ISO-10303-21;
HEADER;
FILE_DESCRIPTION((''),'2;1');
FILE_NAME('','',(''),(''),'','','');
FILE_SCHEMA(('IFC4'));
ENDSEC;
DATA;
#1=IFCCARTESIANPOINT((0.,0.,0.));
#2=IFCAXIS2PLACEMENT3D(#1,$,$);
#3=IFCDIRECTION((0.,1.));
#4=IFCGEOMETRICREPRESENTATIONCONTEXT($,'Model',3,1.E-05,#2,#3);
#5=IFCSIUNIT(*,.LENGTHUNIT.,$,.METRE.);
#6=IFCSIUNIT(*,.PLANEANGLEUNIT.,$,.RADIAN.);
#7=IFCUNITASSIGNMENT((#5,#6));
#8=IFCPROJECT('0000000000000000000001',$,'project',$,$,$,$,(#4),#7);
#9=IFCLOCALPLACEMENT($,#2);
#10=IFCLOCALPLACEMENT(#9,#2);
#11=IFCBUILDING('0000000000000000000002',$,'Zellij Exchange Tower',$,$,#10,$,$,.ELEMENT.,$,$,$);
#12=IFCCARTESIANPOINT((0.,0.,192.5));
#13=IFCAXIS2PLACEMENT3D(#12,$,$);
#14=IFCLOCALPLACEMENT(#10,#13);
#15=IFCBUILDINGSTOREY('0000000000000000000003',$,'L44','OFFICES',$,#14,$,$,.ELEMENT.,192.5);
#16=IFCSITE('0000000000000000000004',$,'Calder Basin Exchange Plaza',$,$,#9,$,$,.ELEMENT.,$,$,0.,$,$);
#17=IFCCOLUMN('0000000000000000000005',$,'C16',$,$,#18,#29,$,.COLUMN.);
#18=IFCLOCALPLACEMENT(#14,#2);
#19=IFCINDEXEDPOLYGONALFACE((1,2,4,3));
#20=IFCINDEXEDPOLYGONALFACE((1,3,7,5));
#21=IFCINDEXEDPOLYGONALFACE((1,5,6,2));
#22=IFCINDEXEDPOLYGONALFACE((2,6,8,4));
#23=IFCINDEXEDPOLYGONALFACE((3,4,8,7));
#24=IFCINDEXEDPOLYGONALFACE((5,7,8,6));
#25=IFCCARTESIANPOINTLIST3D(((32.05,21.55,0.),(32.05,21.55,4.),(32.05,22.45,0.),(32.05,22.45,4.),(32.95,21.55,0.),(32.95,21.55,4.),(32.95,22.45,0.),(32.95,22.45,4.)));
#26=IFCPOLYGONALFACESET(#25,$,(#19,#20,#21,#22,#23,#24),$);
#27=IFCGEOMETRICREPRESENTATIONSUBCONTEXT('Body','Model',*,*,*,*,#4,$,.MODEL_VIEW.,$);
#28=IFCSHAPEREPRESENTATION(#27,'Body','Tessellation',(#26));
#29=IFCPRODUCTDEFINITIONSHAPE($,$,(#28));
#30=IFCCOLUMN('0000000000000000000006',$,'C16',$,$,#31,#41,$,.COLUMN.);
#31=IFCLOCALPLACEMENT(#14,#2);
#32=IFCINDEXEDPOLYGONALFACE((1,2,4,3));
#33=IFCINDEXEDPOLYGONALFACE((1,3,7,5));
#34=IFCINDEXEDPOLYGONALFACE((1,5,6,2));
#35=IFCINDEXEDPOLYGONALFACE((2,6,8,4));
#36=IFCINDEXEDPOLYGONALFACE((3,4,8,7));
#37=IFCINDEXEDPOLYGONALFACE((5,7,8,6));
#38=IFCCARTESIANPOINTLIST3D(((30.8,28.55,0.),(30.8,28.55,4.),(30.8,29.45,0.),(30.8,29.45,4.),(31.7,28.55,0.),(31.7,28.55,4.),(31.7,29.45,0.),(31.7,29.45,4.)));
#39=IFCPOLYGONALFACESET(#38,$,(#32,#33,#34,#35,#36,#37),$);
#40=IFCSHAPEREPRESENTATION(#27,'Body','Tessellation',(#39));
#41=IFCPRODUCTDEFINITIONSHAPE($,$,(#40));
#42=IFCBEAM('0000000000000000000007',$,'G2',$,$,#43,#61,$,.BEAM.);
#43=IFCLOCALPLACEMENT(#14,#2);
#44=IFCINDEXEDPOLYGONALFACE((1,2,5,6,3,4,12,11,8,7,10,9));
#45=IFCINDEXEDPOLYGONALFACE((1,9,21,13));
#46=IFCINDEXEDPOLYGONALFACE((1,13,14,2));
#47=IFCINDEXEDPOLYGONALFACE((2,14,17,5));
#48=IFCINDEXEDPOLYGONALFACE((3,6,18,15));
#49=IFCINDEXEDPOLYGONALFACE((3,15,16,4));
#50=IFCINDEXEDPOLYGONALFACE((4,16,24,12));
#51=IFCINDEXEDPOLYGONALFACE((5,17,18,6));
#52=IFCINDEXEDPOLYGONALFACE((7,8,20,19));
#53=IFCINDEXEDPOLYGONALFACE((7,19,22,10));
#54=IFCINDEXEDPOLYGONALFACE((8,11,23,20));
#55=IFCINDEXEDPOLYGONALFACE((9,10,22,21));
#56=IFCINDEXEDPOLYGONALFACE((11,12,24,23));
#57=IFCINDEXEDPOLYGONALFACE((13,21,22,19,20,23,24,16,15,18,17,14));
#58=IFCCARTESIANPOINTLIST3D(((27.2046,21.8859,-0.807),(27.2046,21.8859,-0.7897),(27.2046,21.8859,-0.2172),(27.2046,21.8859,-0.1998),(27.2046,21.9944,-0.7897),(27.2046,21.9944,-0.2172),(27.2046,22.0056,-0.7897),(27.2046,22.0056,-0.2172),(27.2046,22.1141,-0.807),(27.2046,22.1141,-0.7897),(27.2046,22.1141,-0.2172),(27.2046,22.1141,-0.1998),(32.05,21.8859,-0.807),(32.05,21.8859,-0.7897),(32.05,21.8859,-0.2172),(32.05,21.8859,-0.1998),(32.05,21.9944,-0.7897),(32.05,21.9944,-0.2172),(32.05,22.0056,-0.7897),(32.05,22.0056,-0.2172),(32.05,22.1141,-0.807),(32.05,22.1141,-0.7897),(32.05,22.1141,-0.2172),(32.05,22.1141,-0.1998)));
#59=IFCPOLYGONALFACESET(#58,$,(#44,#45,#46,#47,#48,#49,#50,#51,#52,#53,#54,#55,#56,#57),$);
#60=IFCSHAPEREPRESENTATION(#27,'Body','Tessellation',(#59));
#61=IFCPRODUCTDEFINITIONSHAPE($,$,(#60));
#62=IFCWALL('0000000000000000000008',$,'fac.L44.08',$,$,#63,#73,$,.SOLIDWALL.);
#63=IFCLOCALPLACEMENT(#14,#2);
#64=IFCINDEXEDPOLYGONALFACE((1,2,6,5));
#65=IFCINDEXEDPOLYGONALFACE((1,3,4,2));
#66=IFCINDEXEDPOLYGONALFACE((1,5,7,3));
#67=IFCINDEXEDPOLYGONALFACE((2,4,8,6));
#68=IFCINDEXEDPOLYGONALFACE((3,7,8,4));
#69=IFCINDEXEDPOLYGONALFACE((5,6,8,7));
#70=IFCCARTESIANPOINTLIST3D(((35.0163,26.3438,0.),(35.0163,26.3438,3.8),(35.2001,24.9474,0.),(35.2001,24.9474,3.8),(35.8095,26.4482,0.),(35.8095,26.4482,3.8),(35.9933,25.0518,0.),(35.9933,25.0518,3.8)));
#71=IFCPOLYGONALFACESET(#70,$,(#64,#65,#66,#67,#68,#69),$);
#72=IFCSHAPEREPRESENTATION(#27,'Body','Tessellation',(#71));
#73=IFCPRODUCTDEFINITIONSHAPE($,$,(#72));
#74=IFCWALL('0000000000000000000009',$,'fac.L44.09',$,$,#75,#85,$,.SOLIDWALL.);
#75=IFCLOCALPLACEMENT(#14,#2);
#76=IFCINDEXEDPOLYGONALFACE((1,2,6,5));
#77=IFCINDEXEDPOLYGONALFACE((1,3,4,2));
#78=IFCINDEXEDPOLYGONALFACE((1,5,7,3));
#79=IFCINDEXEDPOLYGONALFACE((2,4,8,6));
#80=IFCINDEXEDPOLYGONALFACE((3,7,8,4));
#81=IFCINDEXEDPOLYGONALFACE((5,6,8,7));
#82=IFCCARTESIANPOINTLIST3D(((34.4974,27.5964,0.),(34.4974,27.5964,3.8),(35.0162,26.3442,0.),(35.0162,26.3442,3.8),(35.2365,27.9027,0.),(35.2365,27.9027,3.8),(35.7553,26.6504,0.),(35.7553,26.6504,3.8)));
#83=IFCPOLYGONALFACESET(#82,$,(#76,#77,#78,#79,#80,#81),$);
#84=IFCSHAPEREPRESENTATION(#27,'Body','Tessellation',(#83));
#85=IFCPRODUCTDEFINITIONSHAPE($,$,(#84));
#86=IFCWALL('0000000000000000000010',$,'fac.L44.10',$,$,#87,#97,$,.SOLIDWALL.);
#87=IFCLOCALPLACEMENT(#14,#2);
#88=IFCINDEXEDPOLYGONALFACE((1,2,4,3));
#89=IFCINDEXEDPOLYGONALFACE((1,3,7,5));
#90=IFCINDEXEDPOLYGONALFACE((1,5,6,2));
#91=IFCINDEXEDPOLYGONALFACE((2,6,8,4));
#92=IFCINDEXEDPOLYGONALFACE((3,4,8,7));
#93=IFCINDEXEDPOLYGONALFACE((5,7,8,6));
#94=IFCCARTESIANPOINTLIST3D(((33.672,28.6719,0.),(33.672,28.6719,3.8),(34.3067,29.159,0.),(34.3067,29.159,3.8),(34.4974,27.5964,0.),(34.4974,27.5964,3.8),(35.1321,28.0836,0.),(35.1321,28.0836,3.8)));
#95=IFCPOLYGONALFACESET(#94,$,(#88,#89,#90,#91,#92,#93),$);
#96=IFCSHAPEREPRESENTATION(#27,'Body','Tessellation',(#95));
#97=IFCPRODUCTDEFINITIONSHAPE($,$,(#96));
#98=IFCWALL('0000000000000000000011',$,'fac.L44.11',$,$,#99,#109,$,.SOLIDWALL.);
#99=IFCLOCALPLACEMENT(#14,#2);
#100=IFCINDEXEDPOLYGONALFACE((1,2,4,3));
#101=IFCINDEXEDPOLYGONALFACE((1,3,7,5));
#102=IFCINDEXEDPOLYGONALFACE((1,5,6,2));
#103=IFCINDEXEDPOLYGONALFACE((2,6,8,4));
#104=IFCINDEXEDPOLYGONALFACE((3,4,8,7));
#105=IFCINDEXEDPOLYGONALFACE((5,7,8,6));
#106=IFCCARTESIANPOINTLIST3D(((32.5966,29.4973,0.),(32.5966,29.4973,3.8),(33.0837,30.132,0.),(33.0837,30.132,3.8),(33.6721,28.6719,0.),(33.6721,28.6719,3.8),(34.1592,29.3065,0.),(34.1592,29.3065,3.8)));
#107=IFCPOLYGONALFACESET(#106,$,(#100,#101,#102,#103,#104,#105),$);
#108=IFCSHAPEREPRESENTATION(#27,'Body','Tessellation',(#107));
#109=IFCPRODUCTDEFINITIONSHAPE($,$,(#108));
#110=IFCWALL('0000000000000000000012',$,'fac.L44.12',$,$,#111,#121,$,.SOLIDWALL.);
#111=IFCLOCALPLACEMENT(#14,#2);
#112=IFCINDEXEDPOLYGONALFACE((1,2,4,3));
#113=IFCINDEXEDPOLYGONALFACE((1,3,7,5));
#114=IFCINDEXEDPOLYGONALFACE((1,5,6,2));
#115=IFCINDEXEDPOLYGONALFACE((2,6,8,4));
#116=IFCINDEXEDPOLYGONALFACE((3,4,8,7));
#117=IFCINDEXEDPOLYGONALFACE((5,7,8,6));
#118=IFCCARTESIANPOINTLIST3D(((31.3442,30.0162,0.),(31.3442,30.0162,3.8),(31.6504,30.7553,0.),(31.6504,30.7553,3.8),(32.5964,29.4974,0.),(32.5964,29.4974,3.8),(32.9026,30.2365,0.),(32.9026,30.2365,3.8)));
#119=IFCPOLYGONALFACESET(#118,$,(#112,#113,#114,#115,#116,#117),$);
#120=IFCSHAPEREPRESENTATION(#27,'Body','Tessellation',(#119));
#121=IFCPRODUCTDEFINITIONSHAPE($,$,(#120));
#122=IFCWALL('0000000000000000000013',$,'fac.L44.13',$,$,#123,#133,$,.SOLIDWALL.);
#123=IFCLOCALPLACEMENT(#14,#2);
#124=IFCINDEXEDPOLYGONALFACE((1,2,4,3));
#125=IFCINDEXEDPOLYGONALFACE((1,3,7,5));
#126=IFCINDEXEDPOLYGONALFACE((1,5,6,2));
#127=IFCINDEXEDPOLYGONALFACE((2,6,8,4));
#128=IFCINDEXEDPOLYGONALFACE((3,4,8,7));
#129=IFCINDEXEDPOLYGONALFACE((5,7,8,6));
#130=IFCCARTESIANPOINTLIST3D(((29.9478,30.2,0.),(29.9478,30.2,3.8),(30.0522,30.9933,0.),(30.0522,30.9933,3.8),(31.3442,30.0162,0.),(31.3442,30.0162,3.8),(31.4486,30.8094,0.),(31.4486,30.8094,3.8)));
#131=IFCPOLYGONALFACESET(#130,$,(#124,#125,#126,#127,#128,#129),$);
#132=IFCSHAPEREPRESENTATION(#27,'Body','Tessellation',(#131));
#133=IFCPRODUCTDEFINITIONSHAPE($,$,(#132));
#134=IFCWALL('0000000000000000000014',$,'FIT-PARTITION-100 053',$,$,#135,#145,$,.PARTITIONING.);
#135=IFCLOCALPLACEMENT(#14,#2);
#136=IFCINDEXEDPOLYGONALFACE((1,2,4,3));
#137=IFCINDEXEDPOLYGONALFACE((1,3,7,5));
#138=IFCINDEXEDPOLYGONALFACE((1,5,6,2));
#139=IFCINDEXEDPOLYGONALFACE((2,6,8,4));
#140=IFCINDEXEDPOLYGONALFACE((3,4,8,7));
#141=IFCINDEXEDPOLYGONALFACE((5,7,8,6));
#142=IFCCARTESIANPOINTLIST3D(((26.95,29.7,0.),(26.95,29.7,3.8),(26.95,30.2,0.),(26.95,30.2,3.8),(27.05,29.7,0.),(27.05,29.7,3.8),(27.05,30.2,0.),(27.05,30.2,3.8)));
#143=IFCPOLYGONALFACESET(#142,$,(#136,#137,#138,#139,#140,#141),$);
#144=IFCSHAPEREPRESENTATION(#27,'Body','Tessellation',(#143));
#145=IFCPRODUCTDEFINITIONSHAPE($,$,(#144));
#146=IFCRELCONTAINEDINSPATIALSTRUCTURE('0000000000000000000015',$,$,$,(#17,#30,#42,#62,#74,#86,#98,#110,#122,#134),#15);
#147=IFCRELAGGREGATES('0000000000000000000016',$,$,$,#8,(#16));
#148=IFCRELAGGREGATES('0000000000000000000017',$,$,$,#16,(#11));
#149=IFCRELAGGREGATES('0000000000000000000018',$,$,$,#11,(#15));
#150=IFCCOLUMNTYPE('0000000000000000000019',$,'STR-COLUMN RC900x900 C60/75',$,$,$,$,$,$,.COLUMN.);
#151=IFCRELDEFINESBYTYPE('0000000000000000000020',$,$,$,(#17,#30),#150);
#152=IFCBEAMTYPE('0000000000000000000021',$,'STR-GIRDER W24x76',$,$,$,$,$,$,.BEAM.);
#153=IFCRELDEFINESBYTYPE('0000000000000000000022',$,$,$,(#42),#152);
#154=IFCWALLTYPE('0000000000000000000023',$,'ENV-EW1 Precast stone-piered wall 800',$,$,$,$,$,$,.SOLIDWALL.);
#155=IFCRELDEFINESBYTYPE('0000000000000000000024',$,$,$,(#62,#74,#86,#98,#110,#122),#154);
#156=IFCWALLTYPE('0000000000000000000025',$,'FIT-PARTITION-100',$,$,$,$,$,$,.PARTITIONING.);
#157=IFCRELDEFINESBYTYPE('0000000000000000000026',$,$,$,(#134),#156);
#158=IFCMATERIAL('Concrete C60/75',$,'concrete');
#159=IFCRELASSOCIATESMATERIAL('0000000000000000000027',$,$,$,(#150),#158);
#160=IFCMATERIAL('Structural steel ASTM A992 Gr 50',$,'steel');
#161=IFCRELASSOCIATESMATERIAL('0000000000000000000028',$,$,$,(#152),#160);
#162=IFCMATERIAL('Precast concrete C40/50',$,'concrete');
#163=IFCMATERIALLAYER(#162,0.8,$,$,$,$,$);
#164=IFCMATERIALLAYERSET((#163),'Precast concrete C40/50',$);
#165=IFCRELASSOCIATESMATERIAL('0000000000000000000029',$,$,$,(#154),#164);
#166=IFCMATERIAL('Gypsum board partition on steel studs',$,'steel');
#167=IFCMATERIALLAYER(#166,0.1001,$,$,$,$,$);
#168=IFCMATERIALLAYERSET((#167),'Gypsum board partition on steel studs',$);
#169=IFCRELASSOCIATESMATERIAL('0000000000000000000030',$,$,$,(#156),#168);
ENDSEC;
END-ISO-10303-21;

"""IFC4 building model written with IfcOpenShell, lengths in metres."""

from ifc_helpers import new_model, si_unit, direction, frame, frame_2d, origin, origin_2d, place, context, subcontext, project, spatial, rectangle, i_section, extrude, material, layer, layer_set, material_profile, profile_set, type_object, element, save


model = new_model("IFC4")

# Units and contexts
model_context = context("Model", 3, precision=1e-05, world=origin(), true_north=direction((0.0, 1.0)))
body_context = subcontext(model_context, "Body", "Model", "MODEL_VIEW")
ifc_project = project(units=[si_unit("LENGTHUNIT", "METRE"), si_unit("PLANEANGLEUNIT", "RADIAN")], contexts=[model_context])

# Site, building, storey
site_placement = place(None, origin())
site = spatial("IfcSite", under=ifc_project, at=site_placement, Name="Calder Basin Exchange Plaza", CompositionType="ELEMENT", RefElevation=0.0)
building_placement = place(site_placement, origin())
building = spatial("IfcBuilding", under=site, at=building_placement, Name="Zellij Exchange Tower", CompositionType="ELEMENT")
storey_placement = place(building_placement, frame((0.0, 0.0, 192.5)))
storey = spatial("IfcBuildingStorey", under=building, at=storey_placement, Name="L44", Description="OFFICES", CompositionType="ELEMENT", Elevation=192.5)

# Columns
ifc_material_1 = material(Name="Concrete C60/75", Category="concrete")
ifc_material_profile_1 = material_profile(ifc_material_1, rectangle(XDim=0.8999, YDim=0.8999, at=origin_2d()), Name="STR-COLUMN RC900x900 C60/75")
ifc_profile_set_1 = profile_set([ifc_material_profile_1], Name="Concrete C60/75")
column_type = type_object("IfcColumnType", Name="STR-COLUMN RC900x900 C60/75", PredefinedType="COLUMN", material=ifc_profile_set_1)
for number, where, z_axis, x_axis, name in (
    (1, (32.5, 22.0, 0.0), (0.0, 0.0, 1.0), (1.0, 0.0, 0.0), "C16"),
    (2, (31.25, 29.0, 0.0), (0.0, 0.0, 1.0), (1.0, 0.0, 0.0), "C16"),
):
    element("IfcColumn", number, at=place(storey_placement, frame(where, z_axis=z_axis, x_axis=x_axis)), inside=storey, type_object=column_type, Name=name, PredefinedType="COLUMN", context=body_context, shape_type="SweptSolid", body=[
        extrude(rectangle(XDim=0.8999, YDim=0.8999, at=origin_2d()), origin(), (0.0, 0.0, 1.0), 4.0),
    ])

# Beam
ifc_material_2 = material(Name="Structural steel ASTM A992 Gr 50", Category="steel")
ifc_material_profile_2 = material_profile(ifc_material_2, i_section(OverallWidth=0.2283, OverallDepth=0.6072, WebThickness=0.0112, FlangeThickness=0.0173, at=origin_2d()), Name="W24x76")
ifc_profile_set_2 = profile_set([ifc_material_profile_2], Name="Structural steel ASTM A992 Gr 50")
beam_type = type_object("IfcBeamType", Name="STR-GIRDER W24x76", PredefinedType="BEAM", material=ifc_profile_set_2)
beam_placement = place(storey_placement, frame((27.2046, 22.0, -0.5034), z_axis=(1.0, 0.0, 0.0), x_axis=(0.0, 1.0, 0.0)))
element("IfcBeam", 3, at=beam_placement, inside=storey, type_object=beam_type, Name="G2", PredefinedType="BEAM", context=body_context, shape_type="SweptSolid", body=[
    extrude(i_section(OverallWidth=0.2283, OverallDepth=0.6072, WebThickness=0.0112, FlangeThickness=0.0173, at=origin_2d()), origin(), (0.0, 0.0, 1.0), 4.8455),
])

# Walls
ifc_material_3 = material(Name="Precast concrete C40/50", Category="concrete")
ifc_layer_1 = layer(ifc_material_3, 0.8)
ifc_layer_set_1 = layer_set([ifc_layer_1], Name="Precast concrete C40/50")
wall_type_1 = type_object("IfcWallType", Name="ENV-EW1 Precast stone-piered wall 800", PredefinedType="SOLIDWALL", material=ifc_layer_set_1)
wall_1_placement = place(storey_placement, frame((35.5967, 24.9998, 0.0), z_axis=(0.0, 0.0, 1.0), x_axis=(-0.130517, 0.991446, 0.0)))
element("IfcWall", 4, at=wall_1_placement, inside=storey, type_object=wall_type_1, Name="fac.L44.08", PredefinedType="SOLIDWALL", context=body_context, shape_type="SweptSolid", body=[
    extrude(rectangle(XDim=1.4084, YDim=0.8, at=frame_2d((0.7041, 0.0))), origin(), (0.0, 0.0, 1.0), 3.8),
])
wall_2_placement = place(storey_placement, frame((35.3857, 26.4973, 0.0), z_axis=(0.0, 0.0, 1.0), x_axis=(-0.38276, 0.923848, 0.0)))
element("IfcWall", 5, at=wall_2_placement, inside=storey, type_object=wall_type_1, Name="fac.L44.09", PredefinedType="SOLIDWALL", context=body_context, shape_type="SweptSolid", body=[
    extrude(rectangle(XDim=1.3555, YDim=0.8, at=frame_2d((0.6777, 0.0))), origin(), (0.0, 0.0, 1.0), 3.8),
])
for number, where, z_axis, x_axis, name in (
    (6, (34.8147, 27.8401, 0.0), (0.0, 0.0, 1.0), (-0.608866, 0.793273, 0.0), "fac.L44.10"),
    (7, (33.9155, 28.9893, 0.0), (0.0, 0.0, 1.0), (-0.793273, 0.608866, 0.0), "fac.L44.11"),
):
    element("IfcWall", number, at=place(storey_placement, frame(where, z_axis=z_axis, x_axis=x_axis)), inside=storey, type_object=wall_type_1, Name=name, PredefinedType="SOLIDWALL", context=body_context, shape_type="SweptSolid", body=[
        extrude(rectangle(XDim=1.3557, YDim=0.8, at=frame_2d((0.6777, 0.0))), origin(), (0.0, 0.0, 1.0), 3.8),
    ])
wall_3_placement = place(storey_placement, frame((32.7495, 29.8669, 0.0), z_axis=(0.0, 0.0, 1.0), x_axis=(-0.923848, 0.38276, 0.0)))
element("IfcWall", 8, at=wall_3_placement, inside=storey, type_object=wall_type_1, Name="fac.L44.12", PredefinedType="SOLIDWALL", context=body_context, shape_type="SweptSolid", body=[
    extrude(rectangle(XDim=1.3555, YDim=0.8, at=frame_2d((0.6777, 0.0))), origin(), (0.0, 0.0, 1.0), 3.8),
])
wall_4_placement = place(storey_placement, frame((31.3962, 30.4128, 0.0), z_axis=(0.0, 0.0, 1.0), x_axis=(-0.991446, 0.130517, 0.0)))
element("IfcWall", 9, at=wall_4_placement, inside=storey, type_object=wall_type_1, Name="fac.L44.13", PredefinedType="SOLIDWALL", context=body_context, shape_type="SweptSolid", body=[
    extrude(rectangle(XDim=1.4084, YDim=0.8, at=frame_2d((0.7041, 0.0))), origin(), (0.0, 0.0, 1.0), 3.8),
])

# Wall
ifc_material_4 = material(Name="Gypsum board partition on steel studs", Category="steel")
ifc_layer_2 = layer(ifc_material_4, 0.1001)
ifc_layer_set_2 = layer_set([ifc_layer_2], Name="Gypsum board partition on steel studs")
wall_type_2 = type_object("IfcWallType", Name="FIT-PARTITION-100", PredefinedType="PARTITIONING", material=ifc_layer_set_2)
wall_5_placement = place(storey_placement, frame((27.0, 29.7, 0.0), z_axis=(0.0, 0.0, 1.0), x_axis=(0.0, 1.0, 0.0)))
element("IfcWall", 10, at=wall_5_placement, inside=storey, type_object=wall_type_2, Name="FIT-PARTITION-100 053", PredefinedType="PARTITIONING", context=body_context, shape_type="SweptSolid", body=[
    extrude(rectangle(XDim=0.5, YDim=0.1001, at=frame_2d((0.25, 0.0))), origin(), (0.0, 0.0, 1.0), 3.8),
])

save(model, "model.ifc")
